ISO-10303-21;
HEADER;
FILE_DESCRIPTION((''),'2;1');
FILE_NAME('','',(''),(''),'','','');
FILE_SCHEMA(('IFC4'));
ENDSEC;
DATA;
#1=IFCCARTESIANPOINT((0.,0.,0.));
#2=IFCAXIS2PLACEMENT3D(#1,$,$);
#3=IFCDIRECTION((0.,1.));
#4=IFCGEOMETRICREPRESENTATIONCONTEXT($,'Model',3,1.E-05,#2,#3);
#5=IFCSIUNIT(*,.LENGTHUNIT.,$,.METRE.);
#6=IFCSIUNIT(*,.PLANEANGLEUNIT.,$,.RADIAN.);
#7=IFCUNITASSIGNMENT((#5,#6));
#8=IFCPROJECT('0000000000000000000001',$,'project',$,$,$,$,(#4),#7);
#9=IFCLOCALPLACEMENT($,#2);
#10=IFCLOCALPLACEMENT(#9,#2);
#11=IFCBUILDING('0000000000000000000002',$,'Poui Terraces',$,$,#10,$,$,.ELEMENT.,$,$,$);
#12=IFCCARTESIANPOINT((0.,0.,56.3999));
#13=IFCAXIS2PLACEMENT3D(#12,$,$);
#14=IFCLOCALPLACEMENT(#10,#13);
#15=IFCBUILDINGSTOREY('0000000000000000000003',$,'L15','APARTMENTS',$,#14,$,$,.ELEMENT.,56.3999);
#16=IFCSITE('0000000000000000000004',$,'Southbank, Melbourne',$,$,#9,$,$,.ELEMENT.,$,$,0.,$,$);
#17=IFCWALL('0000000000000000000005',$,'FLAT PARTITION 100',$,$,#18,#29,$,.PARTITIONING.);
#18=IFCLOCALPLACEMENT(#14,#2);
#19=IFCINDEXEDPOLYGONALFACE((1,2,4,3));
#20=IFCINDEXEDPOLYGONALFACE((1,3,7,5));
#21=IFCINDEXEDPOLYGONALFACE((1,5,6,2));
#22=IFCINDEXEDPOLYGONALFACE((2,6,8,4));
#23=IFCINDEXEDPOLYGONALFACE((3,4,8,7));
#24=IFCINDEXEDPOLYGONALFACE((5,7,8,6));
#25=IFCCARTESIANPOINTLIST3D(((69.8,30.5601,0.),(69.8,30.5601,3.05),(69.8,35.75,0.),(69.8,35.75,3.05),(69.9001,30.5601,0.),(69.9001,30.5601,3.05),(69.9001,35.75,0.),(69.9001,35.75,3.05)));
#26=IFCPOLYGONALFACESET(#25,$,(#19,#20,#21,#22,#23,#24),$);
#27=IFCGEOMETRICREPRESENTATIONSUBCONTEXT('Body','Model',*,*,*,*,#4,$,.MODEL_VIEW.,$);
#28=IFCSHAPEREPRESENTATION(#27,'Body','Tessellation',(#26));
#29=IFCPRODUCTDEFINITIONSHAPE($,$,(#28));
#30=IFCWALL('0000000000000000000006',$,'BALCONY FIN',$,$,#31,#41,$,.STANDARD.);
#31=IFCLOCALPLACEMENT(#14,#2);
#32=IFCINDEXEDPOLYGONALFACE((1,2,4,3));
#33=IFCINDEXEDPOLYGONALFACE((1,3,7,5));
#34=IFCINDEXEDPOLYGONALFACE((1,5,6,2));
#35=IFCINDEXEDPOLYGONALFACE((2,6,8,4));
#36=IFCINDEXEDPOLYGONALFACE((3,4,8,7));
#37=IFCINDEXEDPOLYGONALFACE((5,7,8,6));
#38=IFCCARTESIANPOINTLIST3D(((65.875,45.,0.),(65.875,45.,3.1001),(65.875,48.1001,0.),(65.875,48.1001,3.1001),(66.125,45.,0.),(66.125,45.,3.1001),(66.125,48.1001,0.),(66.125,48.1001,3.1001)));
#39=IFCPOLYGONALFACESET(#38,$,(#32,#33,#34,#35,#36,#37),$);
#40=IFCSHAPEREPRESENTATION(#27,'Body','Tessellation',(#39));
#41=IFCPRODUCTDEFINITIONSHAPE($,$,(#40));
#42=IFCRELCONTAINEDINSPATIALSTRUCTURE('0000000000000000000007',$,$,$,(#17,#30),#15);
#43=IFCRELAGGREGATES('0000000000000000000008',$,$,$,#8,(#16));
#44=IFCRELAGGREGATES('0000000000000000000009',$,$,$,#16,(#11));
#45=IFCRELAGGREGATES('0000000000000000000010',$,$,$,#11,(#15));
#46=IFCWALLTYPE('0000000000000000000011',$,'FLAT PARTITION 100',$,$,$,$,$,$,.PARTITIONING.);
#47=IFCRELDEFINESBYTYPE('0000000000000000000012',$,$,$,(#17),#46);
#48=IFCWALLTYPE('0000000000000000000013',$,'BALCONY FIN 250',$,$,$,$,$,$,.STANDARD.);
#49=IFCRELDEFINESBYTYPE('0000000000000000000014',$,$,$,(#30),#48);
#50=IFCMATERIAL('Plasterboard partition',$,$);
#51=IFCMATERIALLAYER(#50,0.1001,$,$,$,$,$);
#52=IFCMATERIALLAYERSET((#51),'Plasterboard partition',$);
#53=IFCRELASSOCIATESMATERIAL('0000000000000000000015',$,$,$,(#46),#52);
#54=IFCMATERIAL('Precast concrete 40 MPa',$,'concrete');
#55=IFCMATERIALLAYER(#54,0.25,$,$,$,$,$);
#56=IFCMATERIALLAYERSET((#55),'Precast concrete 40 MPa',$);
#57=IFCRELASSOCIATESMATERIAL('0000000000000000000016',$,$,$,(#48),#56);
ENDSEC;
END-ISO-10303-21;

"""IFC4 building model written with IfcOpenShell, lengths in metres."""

from ifc_helpers import new_model, si_unit, direction, frame, frame_2d, origin, place, context, subcontext, project, spatial, polyline, rectangle, outline, extrude, source, transform, mapped, material, layer, layer_set, type_object, element, save


model = new_model("IFC4")

# Units and contexts
model_context = context("Model", 3, precision=1e-05, world=origin(), true_north=direction((0.0, 1.0)))
body_context = subcontext(model_context, "Body", "Model", "MODEL_VIEW")
ifc_project = project(units=[si_unit("LENGTHUNIT", "METRE"), si_unit("PLANEANGLEUNIT", "RADIAN")], contexts=[model_context])

# Site, building, storey
site_placement = place(None, origin())
site = spatial("IfcSite", under=ifc_project, at=site_placement, Name="Southbank, Melbourne", CompositionType="ELEMENT", RefElevation=0.0)
building_placement = place(site_placement, origin())
building = spatial("IfcBuilding", under=site, at=building_placement, Name="Poui Terraces", CompositionType="ELEMENT")
storey_placement = place(building_placement, frame((0.0, 0.0, 56.3999)))
storey = spatial("IfcBuildingStorey", under=building, at=storey_placement, Name="L15", Description="APARTMENTS", CompositionType="ELEMENT", Elevation=56.3999)

# Shared definitions
ifc_material_1 = material(Name="Plasterboard partition")
ifc_layer_1 = layer(ifc_material_1, 0.1001)
ifc_layer_set_1 = layer_set([ifc_layer_1], Name="Plasterboard partition")
wall_type_1 = type_object("IfcWallType", Name="FLAT PARTITION 100", PredefinedType="PARTITIONING", material=ifc_layer_set_1)

# Walls
wall_1_placement = place(storey_placement, frame((69.8501, 30.5601, 0.0), z_axis=(0.0, 0.0, 1.0), x_axis=(0.0, 1.0, 0.0)))
element("IfcWall", 1, at=wall_1_placement, inside=storey, type_object=wall_type_1, Name="FLAT PARTITION 100", PredefinedType="PARTITIONING", context=body_context, shape_type="SweptSolid", body=[
    extrude(rectangle(XDim=5.1899, YDim=0.1001, at=frame_2d((2.595, 0.0))), origin(), (0.0, 0.0, 1.0), 3.05),
])
ifc_material_2 = material(Name="Precast concrete 40 MPa", Category="concrete")
ifc_layer_2 = layer(ifc_material_2, 0.25)
ifc_layer_set_2 = layer_set([ifc_layer_2], Name="Precast concrete 40 MPa")
wall_type_2 = type_object("IfcWallType", Name="BALCONY FIN 250", PredefinedType="STANDARD", material=ifc_layer_set_2)
shared_shape_1 = source(origin(), body_context, "Body", "SweptSolid", [
    extrude(outline(polyline([(0.0, 0.0), (0.25, 0.0), (0.25, 3.1001), (0.0, 3.1001), (0.0, 0.0)])), origin(), (0.0, 0.0, 1.0), 3.1001),
])
wall_2_placement = place(storey_placement, frame((65.875, 45.0, 0.0)))
element("IfcWall", 2, at=wall_2_placement, inside=storey, type_object=wall_type_2, Name="BALCONY FIN", PredefinedType="STANDARD", context=body_context, shape_type="MappedRepresentation", body=[
    mapped(shared_shape_1, transform((0.0, 0.0, 0.0))),
])

save(model, "model.ifc")
